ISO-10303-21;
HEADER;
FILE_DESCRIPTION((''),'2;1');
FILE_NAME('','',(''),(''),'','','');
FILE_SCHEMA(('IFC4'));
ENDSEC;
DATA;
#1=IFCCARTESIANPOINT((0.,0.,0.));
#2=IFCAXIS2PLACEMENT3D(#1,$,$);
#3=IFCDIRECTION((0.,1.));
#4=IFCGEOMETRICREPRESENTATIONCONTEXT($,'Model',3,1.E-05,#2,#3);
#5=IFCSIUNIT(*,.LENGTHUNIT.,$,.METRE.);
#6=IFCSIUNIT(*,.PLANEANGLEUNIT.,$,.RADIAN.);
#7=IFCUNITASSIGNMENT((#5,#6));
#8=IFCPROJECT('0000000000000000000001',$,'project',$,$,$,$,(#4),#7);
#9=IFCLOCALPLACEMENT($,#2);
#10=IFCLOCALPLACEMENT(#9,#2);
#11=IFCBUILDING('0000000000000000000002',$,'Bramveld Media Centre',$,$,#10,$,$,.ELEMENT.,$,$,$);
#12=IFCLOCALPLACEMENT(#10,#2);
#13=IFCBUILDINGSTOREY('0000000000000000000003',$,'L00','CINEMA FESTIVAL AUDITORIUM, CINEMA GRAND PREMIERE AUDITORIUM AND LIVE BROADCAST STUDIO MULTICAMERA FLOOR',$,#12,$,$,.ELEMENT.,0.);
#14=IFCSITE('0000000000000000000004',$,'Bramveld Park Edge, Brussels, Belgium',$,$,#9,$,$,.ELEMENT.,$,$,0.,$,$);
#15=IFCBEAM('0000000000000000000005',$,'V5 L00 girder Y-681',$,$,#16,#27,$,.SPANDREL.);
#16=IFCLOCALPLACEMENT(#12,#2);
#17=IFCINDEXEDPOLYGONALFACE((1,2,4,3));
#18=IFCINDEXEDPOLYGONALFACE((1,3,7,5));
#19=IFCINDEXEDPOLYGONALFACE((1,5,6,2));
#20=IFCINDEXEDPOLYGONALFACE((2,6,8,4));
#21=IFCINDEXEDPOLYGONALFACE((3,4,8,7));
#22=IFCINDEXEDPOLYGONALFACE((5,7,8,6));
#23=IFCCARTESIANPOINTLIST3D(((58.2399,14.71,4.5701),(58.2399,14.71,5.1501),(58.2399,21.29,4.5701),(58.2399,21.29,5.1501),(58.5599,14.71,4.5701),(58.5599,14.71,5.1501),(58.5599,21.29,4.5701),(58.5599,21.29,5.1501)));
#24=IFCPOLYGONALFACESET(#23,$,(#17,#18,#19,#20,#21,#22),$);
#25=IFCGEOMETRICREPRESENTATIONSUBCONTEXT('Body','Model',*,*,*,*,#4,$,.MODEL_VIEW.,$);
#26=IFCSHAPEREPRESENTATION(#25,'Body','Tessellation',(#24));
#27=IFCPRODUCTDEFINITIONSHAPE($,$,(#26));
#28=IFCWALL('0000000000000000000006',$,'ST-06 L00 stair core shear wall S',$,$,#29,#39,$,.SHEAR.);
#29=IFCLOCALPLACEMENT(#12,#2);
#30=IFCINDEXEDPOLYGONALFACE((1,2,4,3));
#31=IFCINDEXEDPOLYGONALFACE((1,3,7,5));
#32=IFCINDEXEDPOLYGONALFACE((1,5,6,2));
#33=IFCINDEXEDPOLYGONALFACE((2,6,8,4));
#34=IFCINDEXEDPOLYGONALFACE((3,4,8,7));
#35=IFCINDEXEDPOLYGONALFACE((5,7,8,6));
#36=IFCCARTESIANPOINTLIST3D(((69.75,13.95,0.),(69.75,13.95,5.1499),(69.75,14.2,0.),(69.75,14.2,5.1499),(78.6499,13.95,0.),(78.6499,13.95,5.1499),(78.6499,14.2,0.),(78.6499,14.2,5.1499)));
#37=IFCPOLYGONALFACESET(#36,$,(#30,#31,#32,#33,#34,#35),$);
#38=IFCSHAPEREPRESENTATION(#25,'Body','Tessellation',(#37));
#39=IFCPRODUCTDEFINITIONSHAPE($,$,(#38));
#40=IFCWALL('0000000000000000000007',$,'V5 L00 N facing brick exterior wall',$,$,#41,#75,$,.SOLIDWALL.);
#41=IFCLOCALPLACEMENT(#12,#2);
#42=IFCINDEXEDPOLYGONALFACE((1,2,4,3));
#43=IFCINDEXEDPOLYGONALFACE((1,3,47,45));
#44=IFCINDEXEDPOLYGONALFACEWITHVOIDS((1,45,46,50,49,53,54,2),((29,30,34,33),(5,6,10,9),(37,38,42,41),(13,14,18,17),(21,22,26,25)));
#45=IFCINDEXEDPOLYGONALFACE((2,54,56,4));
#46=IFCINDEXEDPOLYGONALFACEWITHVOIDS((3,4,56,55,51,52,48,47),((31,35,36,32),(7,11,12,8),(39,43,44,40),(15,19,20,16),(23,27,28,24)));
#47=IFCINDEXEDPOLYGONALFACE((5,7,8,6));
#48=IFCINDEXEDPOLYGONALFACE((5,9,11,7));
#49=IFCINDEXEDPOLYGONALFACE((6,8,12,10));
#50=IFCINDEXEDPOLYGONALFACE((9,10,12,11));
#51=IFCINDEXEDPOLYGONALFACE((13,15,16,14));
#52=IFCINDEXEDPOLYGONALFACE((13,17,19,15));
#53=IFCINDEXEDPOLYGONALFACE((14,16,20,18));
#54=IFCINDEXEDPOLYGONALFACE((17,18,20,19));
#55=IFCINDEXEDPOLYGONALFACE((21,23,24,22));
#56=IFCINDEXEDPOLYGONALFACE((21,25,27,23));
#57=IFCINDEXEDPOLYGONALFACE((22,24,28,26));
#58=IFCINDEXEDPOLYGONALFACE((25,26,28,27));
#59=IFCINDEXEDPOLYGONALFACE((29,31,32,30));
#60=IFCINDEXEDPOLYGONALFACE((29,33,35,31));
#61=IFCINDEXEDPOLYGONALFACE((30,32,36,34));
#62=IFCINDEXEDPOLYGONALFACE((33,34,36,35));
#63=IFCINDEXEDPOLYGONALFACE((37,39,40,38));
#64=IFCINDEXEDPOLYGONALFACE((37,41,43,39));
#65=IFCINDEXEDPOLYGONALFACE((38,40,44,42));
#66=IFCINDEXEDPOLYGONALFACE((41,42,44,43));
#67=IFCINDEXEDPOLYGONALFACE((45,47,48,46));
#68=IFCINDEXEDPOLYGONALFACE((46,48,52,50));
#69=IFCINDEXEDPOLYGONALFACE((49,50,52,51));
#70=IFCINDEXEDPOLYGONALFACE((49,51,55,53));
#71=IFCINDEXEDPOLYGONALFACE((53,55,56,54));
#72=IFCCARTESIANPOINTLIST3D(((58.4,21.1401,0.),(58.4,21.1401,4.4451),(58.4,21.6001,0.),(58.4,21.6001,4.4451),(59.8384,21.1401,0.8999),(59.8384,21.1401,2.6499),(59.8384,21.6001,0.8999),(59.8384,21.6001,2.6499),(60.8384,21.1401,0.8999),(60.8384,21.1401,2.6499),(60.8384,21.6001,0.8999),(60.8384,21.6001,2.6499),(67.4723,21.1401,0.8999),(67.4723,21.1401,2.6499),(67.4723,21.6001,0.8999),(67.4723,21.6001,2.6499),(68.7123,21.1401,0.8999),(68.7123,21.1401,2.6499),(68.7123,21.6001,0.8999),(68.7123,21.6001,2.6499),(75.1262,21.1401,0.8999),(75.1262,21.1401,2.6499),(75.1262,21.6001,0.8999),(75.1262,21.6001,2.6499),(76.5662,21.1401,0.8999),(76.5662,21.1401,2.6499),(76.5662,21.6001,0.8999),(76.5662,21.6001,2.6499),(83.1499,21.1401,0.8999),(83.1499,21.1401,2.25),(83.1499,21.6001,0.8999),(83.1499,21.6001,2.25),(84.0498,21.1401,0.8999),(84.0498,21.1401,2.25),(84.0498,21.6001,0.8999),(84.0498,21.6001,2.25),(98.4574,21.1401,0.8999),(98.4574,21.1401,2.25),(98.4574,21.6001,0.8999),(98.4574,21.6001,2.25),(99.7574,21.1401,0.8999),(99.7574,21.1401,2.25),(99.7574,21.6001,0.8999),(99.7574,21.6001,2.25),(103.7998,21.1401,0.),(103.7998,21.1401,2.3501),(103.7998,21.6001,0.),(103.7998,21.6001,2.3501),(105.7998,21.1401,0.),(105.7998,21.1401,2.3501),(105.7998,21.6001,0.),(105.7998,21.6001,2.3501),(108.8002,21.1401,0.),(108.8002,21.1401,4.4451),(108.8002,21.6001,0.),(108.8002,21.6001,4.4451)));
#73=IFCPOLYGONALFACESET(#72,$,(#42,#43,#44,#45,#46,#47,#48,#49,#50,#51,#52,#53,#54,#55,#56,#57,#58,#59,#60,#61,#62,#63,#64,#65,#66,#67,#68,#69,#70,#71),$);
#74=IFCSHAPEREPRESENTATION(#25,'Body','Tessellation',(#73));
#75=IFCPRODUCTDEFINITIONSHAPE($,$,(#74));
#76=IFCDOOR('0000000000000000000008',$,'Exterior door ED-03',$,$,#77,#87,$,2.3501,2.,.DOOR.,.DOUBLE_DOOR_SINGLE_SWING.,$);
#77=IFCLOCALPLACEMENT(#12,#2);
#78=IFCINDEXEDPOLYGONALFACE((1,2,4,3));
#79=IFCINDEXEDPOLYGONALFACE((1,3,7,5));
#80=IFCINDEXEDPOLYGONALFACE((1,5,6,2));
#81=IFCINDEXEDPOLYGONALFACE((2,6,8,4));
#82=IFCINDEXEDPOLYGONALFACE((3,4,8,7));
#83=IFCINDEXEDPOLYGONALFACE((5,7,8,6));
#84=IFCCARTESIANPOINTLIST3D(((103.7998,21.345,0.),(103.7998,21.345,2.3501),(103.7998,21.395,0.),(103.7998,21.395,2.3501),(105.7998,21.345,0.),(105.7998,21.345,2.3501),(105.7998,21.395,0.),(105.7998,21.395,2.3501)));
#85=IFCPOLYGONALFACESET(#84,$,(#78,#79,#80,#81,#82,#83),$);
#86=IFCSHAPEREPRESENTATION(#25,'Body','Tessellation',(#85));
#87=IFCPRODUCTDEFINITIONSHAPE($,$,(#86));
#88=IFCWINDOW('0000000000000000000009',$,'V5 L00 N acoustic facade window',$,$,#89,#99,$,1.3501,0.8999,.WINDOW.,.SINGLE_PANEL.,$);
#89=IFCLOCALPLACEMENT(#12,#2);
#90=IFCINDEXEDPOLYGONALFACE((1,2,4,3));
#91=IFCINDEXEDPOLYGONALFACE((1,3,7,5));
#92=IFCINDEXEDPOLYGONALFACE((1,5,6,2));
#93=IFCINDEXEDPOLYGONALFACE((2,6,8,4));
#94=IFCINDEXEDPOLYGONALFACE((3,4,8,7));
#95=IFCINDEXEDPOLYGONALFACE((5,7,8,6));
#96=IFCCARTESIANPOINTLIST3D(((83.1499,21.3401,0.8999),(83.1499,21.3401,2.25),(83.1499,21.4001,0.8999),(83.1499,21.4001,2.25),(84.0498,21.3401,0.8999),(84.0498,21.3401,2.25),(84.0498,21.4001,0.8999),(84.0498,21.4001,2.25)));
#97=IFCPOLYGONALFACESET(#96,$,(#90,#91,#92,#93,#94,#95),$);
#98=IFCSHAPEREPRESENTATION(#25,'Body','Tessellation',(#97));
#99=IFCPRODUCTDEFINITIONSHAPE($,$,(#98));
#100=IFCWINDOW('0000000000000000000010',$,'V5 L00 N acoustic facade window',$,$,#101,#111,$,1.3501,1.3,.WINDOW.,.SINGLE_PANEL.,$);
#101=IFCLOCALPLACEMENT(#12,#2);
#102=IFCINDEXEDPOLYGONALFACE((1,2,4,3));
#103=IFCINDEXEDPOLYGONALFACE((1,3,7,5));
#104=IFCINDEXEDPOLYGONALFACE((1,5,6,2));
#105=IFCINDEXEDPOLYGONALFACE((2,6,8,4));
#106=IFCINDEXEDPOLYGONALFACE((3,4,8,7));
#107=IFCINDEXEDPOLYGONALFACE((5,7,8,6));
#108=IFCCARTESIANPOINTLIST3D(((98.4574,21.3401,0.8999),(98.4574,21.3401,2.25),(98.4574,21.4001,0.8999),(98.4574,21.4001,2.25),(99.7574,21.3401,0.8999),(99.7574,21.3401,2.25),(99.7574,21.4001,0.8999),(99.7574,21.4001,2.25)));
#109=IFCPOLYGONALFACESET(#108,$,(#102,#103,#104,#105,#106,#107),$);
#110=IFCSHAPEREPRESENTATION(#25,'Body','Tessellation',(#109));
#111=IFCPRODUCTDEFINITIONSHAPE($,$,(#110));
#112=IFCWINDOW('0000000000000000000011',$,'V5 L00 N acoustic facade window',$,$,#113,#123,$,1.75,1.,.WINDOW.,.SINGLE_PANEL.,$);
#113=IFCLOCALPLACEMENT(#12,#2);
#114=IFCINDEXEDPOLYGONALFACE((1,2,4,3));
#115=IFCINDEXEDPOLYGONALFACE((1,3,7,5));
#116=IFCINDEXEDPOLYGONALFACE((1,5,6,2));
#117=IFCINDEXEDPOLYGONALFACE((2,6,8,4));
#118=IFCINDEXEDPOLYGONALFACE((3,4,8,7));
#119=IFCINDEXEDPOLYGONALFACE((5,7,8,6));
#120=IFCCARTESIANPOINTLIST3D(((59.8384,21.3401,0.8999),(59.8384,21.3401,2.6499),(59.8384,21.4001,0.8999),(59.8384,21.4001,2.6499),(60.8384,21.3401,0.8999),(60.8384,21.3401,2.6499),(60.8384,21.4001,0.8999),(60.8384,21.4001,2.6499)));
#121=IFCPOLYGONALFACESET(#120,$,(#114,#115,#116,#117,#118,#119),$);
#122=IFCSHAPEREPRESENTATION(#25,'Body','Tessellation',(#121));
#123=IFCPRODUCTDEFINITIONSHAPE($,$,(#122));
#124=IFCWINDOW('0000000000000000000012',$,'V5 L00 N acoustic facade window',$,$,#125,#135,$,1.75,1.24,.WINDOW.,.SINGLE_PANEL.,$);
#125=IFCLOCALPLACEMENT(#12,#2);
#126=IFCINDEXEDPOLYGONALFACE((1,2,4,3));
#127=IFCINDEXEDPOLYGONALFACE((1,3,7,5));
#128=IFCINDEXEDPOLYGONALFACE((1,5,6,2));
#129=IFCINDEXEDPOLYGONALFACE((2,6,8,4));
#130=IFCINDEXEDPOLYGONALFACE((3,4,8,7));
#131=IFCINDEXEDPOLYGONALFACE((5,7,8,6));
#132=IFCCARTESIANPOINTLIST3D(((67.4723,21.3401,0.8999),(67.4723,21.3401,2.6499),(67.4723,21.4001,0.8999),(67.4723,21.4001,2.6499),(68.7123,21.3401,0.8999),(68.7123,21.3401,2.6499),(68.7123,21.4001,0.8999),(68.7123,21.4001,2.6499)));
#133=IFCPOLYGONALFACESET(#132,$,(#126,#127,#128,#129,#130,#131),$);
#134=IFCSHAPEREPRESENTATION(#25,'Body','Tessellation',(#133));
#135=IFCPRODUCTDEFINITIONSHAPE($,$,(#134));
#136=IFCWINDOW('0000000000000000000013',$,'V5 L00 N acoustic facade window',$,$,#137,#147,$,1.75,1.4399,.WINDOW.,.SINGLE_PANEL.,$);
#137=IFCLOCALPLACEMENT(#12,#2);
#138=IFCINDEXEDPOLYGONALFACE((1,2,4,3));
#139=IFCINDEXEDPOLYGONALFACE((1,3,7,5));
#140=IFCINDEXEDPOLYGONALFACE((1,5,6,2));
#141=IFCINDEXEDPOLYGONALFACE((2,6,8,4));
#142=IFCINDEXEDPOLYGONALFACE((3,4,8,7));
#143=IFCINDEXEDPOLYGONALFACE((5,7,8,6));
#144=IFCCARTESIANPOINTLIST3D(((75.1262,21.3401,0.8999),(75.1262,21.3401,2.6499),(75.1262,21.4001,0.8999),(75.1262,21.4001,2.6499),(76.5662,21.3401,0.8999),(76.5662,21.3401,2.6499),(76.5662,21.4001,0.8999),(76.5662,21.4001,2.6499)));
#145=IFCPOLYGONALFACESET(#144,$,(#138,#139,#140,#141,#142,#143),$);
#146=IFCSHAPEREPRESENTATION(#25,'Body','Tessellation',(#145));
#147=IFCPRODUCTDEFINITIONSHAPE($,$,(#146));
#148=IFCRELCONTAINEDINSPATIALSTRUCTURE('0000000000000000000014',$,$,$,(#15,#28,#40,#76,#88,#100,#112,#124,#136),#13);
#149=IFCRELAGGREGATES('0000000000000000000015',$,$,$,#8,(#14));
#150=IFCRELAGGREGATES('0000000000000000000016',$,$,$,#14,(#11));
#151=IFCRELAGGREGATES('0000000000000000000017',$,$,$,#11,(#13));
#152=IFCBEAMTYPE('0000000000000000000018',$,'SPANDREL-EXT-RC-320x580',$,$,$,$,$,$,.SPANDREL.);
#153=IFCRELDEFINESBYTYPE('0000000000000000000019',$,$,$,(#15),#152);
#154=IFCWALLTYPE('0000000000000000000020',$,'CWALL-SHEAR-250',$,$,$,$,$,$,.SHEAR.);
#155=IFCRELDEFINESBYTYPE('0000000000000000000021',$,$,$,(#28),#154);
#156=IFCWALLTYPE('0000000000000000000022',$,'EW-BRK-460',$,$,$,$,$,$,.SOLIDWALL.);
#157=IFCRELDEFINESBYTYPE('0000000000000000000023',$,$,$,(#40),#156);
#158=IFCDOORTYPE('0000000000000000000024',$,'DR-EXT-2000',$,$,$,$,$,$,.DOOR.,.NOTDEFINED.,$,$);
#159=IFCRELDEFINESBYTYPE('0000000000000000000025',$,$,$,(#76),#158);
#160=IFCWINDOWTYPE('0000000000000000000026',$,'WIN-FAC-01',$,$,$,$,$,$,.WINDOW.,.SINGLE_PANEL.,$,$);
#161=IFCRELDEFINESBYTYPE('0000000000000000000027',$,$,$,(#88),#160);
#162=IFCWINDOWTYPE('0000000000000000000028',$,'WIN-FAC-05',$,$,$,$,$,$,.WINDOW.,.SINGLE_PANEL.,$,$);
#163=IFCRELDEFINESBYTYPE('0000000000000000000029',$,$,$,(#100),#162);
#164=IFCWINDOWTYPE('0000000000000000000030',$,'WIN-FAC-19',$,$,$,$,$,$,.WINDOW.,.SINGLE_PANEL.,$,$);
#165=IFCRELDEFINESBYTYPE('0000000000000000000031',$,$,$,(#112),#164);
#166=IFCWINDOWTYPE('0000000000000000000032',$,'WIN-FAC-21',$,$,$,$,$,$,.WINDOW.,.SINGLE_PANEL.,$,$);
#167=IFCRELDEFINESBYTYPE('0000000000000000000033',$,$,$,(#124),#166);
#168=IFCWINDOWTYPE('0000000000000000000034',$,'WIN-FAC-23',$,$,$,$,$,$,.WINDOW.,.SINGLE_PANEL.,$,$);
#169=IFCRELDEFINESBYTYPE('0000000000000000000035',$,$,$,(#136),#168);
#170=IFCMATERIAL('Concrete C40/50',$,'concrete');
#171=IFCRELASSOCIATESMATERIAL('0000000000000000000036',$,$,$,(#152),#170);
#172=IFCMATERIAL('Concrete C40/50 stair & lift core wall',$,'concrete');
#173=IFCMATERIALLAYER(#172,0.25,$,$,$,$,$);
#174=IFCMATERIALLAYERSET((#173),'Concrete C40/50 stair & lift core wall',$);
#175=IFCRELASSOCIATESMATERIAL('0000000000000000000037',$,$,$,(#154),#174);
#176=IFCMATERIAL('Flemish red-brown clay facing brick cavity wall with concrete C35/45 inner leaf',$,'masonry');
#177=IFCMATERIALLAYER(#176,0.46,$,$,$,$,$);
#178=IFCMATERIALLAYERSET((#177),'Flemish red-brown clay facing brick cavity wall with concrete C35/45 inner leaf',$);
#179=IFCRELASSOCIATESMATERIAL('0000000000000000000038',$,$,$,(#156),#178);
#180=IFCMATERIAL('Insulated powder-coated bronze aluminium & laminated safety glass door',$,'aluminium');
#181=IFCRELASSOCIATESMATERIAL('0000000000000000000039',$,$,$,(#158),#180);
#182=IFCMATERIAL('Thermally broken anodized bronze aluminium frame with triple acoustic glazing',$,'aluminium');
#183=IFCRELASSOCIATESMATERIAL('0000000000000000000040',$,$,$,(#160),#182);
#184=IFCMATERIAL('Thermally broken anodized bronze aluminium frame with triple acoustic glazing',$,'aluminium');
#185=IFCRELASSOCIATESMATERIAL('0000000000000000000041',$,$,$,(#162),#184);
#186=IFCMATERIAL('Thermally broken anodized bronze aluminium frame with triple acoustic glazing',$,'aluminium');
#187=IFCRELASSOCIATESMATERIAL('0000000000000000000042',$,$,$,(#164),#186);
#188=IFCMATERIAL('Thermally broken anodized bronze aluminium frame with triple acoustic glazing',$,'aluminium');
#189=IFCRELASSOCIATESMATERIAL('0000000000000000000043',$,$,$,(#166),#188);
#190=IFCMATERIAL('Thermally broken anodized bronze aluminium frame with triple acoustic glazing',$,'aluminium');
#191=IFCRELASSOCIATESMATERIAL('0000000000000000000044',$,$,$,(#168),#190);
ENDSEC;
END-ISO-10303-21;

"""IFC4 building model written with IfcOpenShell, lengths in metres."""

from ifc_helpers import new_model, si_unit, direction, frame, frame_2d, origin, origin_2d, place, context, subcontext, project, spatial, rectangle, extrude, material, layer, layer_set, material_profile, profile_set, type_object, element, fill, save


model = new_model("IFC4")

# Units and contexts
model_context = context("Model", 3, precision=1e-05, world=origin(), true_north=direction((0.0, 1.0)))
body_context = subcontext(model_context, "Body", "Model", "MODEL_VIEW")
ifc_project = project(units=[si_unit("LENGTHUNIT", "METRE"), si_unit("PLANEANGLEUNIT", "RADIAN")], contexts=[model_context])

# Site, building, storey
site_placement = place(None, origin())
site = spatial("IfcSite", under=ifc_project, at=site_placement, Name="Bramveld Park Edge, Brussels, Belgium", CompositionType="ELEMENT", RefElevation=0.0)
building_placement = place(site_placement, origin())
building = spatial("IfcBuilding", under=site, at=building_placement, Name="Bramveld Media Centre", CompositionType="ELEMENT")
storey_placement = place(building_placement, origin())
storey = spatial("IfcBuildingStorey", under=building, at=storey_placement, Name="L00", Description="CINEMA FESTIVAL AUDITORIUM, CINEMA GRAND PREMIERE AUDITORIUM AND LIVE BROADCAST STUDIO MULTICAMERA FLOOR", CompositionType="ELEMENT", Elevation=0.0)

# Beam
ifc_material_1 = material(Name="Concrete C40/50", Category="concrete")
ifc_material_profile_1 = material_profile(ifc_material_1, rectangle(XDim=0.3201, YDim=0.5801, at=origin_2d()), Name="RC 320x580")
ifc_profile_set_1 = profile_set([ifc_material_profile_1], Name="Concrete C40/50")
beam_type_1 = type_object("IfcBeamType", Name="SPANDREL-EXT-RC-320x580", PredefinedType="SPANDREL", material=ifc_profile_set_1)
beam_1_placement = place(storey_placement, frame((58.3999, 14.71, 4.8601), z_axis=(0.0, 1.0, 0.0), x_axis=(-1.0, 0.0, 0.0)))
element("IfcBeam", 1, at=beam_1_placement, inside=storey, type_object=beam_type_1, Name="V5 L00 girder Y-681", PredefinedType="SPANDREL", context=body_context, shape_type="SweptSolid", body=[
    extrude(rectangle(XDim=0.3201, YDim=0.5801, at=origin_2d()), origin(), (0.0, 0.0, 1.0), 6.5801),
])

# Wall
ifc_material_2 = material(Name="Concrete C40/50 stair & lift core wall", Category="concrete")
ifc_layer_1 = layer(ifc_material_2, 0.25)
ifc_layer_set_1 = layer_set([ifc_layer_1], Name="Concrete C40/50 stair & lift core wall")
wall_type_1 = type_object("IfcWallType", Name="CWALL-SHEAR-250", PredefinedType="SHEAR", material=ifc_layer_set_1)
wall_1_placement = place(storey_placement, frame((69.75, 14.075, 0.0), z_axis=(0.0, 0.0, 1.0), x_axis=(1.0, 0.0, 0.0)))
element("IfcWall", 2, at=wall_1_placement, inside=storey, type_object=wall_type_1, Name="ST-06 L00 stair core shear wall S", PredefinedType="SHEAR", context=body_context, shape_type="SweptSolid", body=[
    extrude(rectangle(XDim=8.8999, YDim=0.25, at=frame_2d((4.45, 0.0))), origin(), (0.0, 0.0, 1.0), 5.1499),
])

# Wall, openings, door, windows
ifc_material_3 = material(Name="Flemish red-brown clay facing brick cavity wall with concrete C35/45 inner leaf", Category="masonry")
ifc_layer_2 = layer(ifc_material_3, 0.46)
ifc_layer_set_2 = layer_set([ifc_layer_2], Name="Flemish red-brown clay facing brick cavity wall with concrete C35/45 inner leaf")
wall_type_2 = type_object("IfcWallType", Name="EW-BRK-460", PredefinedType="SOLIDWALL", material=ifc_layer_set_2)
wall_2_placement = place(storey_placement, frame((58.3999, 21.3701, 0.0), z_axis=(0.0, 0.0, 1.0), x_axis=(1.0, 0.0, 0.0)))
wall_2 = element("IfcWall", 3, at=wall_2_placement, inside=storey, type_object=wall_type_2, Name="V5 L00 N facing brick exterior wall", PredefinedType="SOLIDWALL", context=body_context, shape_type="SweptSolid", body=[
    extrude(rectangle(XDim=50.4001, YDim=0.46, at=frame_2d((25.2002, 0.0))), origin(), (0.0, 0.0, 1.0), 4.4451),
])
opening_1_placement = place(wall_2_placement, frame((45.3999, 0.0, 0.0)))
opening_1 = element("IfcOpeningElement", 4, at=opening_1_placement, cuts=wall_2, PredefinedType="OPENING", context=body_context, shape_type="SweptSolid", body=[
    extrude(rectangle(XDim=2.0, YDim=2.3501, at=frame_2d((1.0, 1.175))), frame((0.0, 0.2419, 0.0), z_axis=(0.0, -1.0, 0.0), x_axis=(1.0, 0.0, 0.0)), (0.0, 0.0, 1.0), 0.4839),
])
opening_2_placement = place(wall_2_placement, frame((1.4385, 0.0, 0.8999)))
opening_2 = element("IfcOpeningElement", 5, at=opening_2_placement, cuts=wall_2, PredefinedType="OPENING", context=body_context, shape_type="SweptSolid", body=[
    extrude(rectangle(XDim=1.0, YDim=1.75, at=frame_2d((0.5, 0.875))), frame((0.0, 0.2419, 0.0), z_axis=(0.0, -1.0, 0.0), x_axis=(1.0, 0.0, 0.0)), (0.0, 0.0, 1.0), 0.4839),
])
opening_3_placement = place(wall_2_placement, frame((9.0723, 0.0, 0.8999)))
opening_3 = element("IfcOpeningElement", 6, at=opening_3_placement, cuts=wall_2, PredefinedType="OPENING", context=body_context, shape_type="SweptSolid", body=[
    extrude(rectangle(XDim=1.24, YDim=1.75, at=frame_2d((0.6201, 0.875))), frame((0.0, 0.2419, 0.0), z_axis=(0.0, -1.0, 0.0), x_axis=(1.0, 0.0, 0.0)), (0.0, 0.0, 1.0), 0.4839),
])
opening_4_placement = place(wall_2_placement, frame((16.7263, 0.0, 0.8999)))
opening_4 = element("IfcOpeningElement", 7, at=opening_4_placement, cuts=wall_2, PredefinedType="OPENING", context=body_context, shape_type="SweptSolid", body=[
    extrude(rectangle(XDim=1.4399, YDim=1.75, at=frame_2d((0.72, 0.875))), frame((0.0, 0.2419, 0.0), z_axis=(0.0, -1.0, 0.0), x_axis=(1.0, 0.0, 0.0)), (0.0, 0.0, 1.0), 0.4839),
])
opening_5_placement = place(wall_2_placement, frame((24.75, 0.0, 0.8999)))
opening_5 = element("IfcOpeningElement", 8, at=opening_5_placement, cuts=wall_2, PredefinedType="OPENING", context=body_context, shape_type="SweptSolid", body=[
    extrude(rectangle(XDim=0.8999, YDim=1.3501, at=frame_2d((0.45, 0.675))), frame((0.0, 0.2419, 0.0), z_axis=(0.0, -1.0, 0.0), x_axis=(1.0, 0.0, 0.0)), (0.0, 0.0, 1.0), 0.4839),
])
opening_6_placement = place(wall_2_placement, frame((40.0576, 0.0, 0.8999)))
opening_6 = element("IfcOpeningElement", 9, at=opening_6_placement, cuts=wall_2, PredefinedType="OPENING", context=body_context, shape_type="SweptSolid", body=[
    extrude(rectangle(XDim=1.3, YDim=1.3501, at=frame_2d((0.6499, 0.675))), frame((0.0, 0.2419, 0.0), z_axis=(0.0, -1.0, 0.0), x_axis=(1.0, 0.0, 0.0)), (0.0, 0.0, 1.0), 0.4839),
])
ifc_material_4 = material(Name="Insulated powder-coated bronze aluminium & laminated safety glass door", Category="aluminium")
door_type_1 = type_object("IfcDoorType", Name="DR-EXT-2000", OperationType="NOTDEFINED", PredefinedType="DOOR", material=ifc_material_4)
door_1_placement = place(opening_1_placement, origin())
door_1 = element("IfcDoor", 10, at=door_1_placement, inside=storey, type_object=door_type_1, Name="Exterior door ED-03", OperationType="DOUBLE_DOOR_SINGLE_SWING", OverallHeight=2.3501, OverallWidth=2.0, PredefinedType="DOOR", context=body_context, shape_type="SweptSolid", body=[
    extrude(rectangle(XDim=2.0, YDim=2.3501, at=frame_2d((1.0, 1.175))), frame((0.0, 0.0249, 0.0), z_axis=(0.0, -1.0, 0.0), x_axis=(1.0, 0.0, 0.0)), (0.0, 0.0, 1.0), 0.05),
])
fill(opening_1, door_1)
ifc_material_5 = material(Name="Thermally broken anodized bronze aluminium frame with triple acoustic glazing", Category="aluminium")
window_type_1 = type_object("IfcWindowType", Name="WIN-FAC-01", PartitioningType="SINGLE_PANEL", PredefinedType="WINDOW", material=ifc_material_5)
window_1_placement = place(opening_5_placement, origin())
window_1 = element("IfcWindow", 11, at=window_1_placement, inside=storey, type_object=window_type_1, Name="V5 L00 N acoustic facade window", OverallHeight=1.3501, OverallWidth=0.8999, PartitioningType="SINGLE_PANEL", PredefinedType="WINDOW", context=body_context, shape_type="SweptSolid", body=[
    extrude(rectangle(XDim=0.8999, YDim=1.3501, at=frame_2d((0.45, 0.675))), frame((0.0, 0.03, 0.0), z_axis=(0.0, -1.0, 0.0), x_axis=(1.0, 0.0, 0.0)), (0.0, 0.0, 1.0), 0.0601),
])
fill(opening_5, window_1)
ifc_material_6 = material(Name="Thermally broken anodized bronze aluminium frame with triple acoustic glazing", Category="aluminium")
window_type_2 = type_object("IfcWindowType", Name="WIN-FAC-05", PartitioningType="SINGLE_PANEL", PredefinedType="WINDOW", material=ifc_material_6)
window_2_placement = place(opening_6_placement, origin())
window_2 = element("IfcWindow", 12, at=window_2_placement, inside=storey, type_object=window_type_2, Name="V5 L00 N acoustic facade window", OverallHeight=1.3501, OverallWidth=1.3, PartitioningType="SINGLE_PANEL", PredefinedType="WINDOW", context=body_context, shape_type="SweptSolid", body=[
    extrude(rectangle(XDim=1.3, YDim=1.3501, at=frame_2d((0.6499, 0.675))), frame((0.0, 0.03, 0.0), z_axis=(0.0, -1.0, 0.0), x_axis=(1.0, 0.0, 0.0)), (0.0, 0.0, 1.0), 0.0601),
])
fill(opening_6, window_2)
ifc_material_7 = material(Name="Thermally broken anodized bronze aluminium frame with triple acoustic glazing", Category="aluminium")
window_type_3 = type_object("IfcWindowType", Name="WIN-FAC-19", PartitioningType="SINGLE_PANEL", PredefinedType="WINDOW", material=ifc_material_7)
window_3_placement = place(opening_2_placement, origin())
window_3 = element("IfcWindow", 13, at=window_3_placement, inside=storey, type_object=window_type_3, Name="V5 L00 N acoustic facade window", OverallHeight=1.75, OverallWidth=1.0, PartitioningType="SINGLE_PANEL", PredefinedType="WINDOW", context=body_context, shape_type="SweptSolid", body=[
    extrude(rectangle(XDim=1.0, YDim=1.75, at=frame_2d((0.5, 0.875))), frame((0.0, 0.03, 0.0), z_axis=(0.0, -1.0, 0.0), x_axis=(1.0, 0.0, 0.0)), (0.0, 0.0, 1.0), 0.0601),
])
fill(opening_2, window_3)
ifc_material_8 = material(Name="Thermally broken anodized bronze aluminium frame with triple acoustic glazing", Category="aluminium")
window_type_4 = type_object("IfcWindowType", Name="WIN-FAC-21", PartitioningType="SINGLE_PANEL", PredefinedType="WINDOW", material=ifc_material_8)
window_4_placement = place(opening_3_placement, origin())
window_4 = element("IfcWindow", 14, at=window_4_placement, inside=storey, type_object=window_type_4, Name="V5 L00 N acoustic facade window", OverallHeight=1.75, OverallWidth=1.24, PartitioningType="SINGLE_PANEL", PredefinedType="WINDOW", context=body_context, shape_type="SweptSolid", body=[
    extrude(rectangle(XDim=1.24, YDim=1.75, at=frame_2d((0.6201, 0.875))), frame((0.0, 0.03, 0.0), z_axis=(0.0, -1.0, 0.0), x_axis=(1.0, 0.0, 0.0)), (0.0, 0.0, 1.0), 0.0601),
])
fill(opening_3, window_4)
ifc_material_9 = material(Name="Thermally broken anodized bronze aluminium frame with triple acoustic glazing", Category="aluminium")
window_type_5 = type_object("IfcWindowType", Name="WIN-FAC-23", PartitioningType="SINGLE_PANEL", PredefinedType="WINDOW", material=ifc_material_9)
window_5_placement = place(opening_4_placement, origin())
window_5 = element("IfcWindow", 15, at=window_5_placement, inside=storey, type_object=window_type_5, Name="V5 L00 N acoustic facade window", OverallHeight=1.75, OverallWidth=1.4399, PartitioningType="SINGLE_PANEL", PredefinedType="WINDOW", context=body_context, shape_type="SweptSolid", body=[
    extrude(rectangle(XDim=1.4399, YDim=1.75, at=frame_2d((0.72, 0.875))), frame((0.0, 0.03, 0.0), z_axis=(0.0, -1.0, 0.0), x_axis=(1.0, 0.0, 0.0)), (0.0, 0.0, 1.0), 0.0601),
])
fill(opening_4, window_5)

save(model, "model.ifc")
